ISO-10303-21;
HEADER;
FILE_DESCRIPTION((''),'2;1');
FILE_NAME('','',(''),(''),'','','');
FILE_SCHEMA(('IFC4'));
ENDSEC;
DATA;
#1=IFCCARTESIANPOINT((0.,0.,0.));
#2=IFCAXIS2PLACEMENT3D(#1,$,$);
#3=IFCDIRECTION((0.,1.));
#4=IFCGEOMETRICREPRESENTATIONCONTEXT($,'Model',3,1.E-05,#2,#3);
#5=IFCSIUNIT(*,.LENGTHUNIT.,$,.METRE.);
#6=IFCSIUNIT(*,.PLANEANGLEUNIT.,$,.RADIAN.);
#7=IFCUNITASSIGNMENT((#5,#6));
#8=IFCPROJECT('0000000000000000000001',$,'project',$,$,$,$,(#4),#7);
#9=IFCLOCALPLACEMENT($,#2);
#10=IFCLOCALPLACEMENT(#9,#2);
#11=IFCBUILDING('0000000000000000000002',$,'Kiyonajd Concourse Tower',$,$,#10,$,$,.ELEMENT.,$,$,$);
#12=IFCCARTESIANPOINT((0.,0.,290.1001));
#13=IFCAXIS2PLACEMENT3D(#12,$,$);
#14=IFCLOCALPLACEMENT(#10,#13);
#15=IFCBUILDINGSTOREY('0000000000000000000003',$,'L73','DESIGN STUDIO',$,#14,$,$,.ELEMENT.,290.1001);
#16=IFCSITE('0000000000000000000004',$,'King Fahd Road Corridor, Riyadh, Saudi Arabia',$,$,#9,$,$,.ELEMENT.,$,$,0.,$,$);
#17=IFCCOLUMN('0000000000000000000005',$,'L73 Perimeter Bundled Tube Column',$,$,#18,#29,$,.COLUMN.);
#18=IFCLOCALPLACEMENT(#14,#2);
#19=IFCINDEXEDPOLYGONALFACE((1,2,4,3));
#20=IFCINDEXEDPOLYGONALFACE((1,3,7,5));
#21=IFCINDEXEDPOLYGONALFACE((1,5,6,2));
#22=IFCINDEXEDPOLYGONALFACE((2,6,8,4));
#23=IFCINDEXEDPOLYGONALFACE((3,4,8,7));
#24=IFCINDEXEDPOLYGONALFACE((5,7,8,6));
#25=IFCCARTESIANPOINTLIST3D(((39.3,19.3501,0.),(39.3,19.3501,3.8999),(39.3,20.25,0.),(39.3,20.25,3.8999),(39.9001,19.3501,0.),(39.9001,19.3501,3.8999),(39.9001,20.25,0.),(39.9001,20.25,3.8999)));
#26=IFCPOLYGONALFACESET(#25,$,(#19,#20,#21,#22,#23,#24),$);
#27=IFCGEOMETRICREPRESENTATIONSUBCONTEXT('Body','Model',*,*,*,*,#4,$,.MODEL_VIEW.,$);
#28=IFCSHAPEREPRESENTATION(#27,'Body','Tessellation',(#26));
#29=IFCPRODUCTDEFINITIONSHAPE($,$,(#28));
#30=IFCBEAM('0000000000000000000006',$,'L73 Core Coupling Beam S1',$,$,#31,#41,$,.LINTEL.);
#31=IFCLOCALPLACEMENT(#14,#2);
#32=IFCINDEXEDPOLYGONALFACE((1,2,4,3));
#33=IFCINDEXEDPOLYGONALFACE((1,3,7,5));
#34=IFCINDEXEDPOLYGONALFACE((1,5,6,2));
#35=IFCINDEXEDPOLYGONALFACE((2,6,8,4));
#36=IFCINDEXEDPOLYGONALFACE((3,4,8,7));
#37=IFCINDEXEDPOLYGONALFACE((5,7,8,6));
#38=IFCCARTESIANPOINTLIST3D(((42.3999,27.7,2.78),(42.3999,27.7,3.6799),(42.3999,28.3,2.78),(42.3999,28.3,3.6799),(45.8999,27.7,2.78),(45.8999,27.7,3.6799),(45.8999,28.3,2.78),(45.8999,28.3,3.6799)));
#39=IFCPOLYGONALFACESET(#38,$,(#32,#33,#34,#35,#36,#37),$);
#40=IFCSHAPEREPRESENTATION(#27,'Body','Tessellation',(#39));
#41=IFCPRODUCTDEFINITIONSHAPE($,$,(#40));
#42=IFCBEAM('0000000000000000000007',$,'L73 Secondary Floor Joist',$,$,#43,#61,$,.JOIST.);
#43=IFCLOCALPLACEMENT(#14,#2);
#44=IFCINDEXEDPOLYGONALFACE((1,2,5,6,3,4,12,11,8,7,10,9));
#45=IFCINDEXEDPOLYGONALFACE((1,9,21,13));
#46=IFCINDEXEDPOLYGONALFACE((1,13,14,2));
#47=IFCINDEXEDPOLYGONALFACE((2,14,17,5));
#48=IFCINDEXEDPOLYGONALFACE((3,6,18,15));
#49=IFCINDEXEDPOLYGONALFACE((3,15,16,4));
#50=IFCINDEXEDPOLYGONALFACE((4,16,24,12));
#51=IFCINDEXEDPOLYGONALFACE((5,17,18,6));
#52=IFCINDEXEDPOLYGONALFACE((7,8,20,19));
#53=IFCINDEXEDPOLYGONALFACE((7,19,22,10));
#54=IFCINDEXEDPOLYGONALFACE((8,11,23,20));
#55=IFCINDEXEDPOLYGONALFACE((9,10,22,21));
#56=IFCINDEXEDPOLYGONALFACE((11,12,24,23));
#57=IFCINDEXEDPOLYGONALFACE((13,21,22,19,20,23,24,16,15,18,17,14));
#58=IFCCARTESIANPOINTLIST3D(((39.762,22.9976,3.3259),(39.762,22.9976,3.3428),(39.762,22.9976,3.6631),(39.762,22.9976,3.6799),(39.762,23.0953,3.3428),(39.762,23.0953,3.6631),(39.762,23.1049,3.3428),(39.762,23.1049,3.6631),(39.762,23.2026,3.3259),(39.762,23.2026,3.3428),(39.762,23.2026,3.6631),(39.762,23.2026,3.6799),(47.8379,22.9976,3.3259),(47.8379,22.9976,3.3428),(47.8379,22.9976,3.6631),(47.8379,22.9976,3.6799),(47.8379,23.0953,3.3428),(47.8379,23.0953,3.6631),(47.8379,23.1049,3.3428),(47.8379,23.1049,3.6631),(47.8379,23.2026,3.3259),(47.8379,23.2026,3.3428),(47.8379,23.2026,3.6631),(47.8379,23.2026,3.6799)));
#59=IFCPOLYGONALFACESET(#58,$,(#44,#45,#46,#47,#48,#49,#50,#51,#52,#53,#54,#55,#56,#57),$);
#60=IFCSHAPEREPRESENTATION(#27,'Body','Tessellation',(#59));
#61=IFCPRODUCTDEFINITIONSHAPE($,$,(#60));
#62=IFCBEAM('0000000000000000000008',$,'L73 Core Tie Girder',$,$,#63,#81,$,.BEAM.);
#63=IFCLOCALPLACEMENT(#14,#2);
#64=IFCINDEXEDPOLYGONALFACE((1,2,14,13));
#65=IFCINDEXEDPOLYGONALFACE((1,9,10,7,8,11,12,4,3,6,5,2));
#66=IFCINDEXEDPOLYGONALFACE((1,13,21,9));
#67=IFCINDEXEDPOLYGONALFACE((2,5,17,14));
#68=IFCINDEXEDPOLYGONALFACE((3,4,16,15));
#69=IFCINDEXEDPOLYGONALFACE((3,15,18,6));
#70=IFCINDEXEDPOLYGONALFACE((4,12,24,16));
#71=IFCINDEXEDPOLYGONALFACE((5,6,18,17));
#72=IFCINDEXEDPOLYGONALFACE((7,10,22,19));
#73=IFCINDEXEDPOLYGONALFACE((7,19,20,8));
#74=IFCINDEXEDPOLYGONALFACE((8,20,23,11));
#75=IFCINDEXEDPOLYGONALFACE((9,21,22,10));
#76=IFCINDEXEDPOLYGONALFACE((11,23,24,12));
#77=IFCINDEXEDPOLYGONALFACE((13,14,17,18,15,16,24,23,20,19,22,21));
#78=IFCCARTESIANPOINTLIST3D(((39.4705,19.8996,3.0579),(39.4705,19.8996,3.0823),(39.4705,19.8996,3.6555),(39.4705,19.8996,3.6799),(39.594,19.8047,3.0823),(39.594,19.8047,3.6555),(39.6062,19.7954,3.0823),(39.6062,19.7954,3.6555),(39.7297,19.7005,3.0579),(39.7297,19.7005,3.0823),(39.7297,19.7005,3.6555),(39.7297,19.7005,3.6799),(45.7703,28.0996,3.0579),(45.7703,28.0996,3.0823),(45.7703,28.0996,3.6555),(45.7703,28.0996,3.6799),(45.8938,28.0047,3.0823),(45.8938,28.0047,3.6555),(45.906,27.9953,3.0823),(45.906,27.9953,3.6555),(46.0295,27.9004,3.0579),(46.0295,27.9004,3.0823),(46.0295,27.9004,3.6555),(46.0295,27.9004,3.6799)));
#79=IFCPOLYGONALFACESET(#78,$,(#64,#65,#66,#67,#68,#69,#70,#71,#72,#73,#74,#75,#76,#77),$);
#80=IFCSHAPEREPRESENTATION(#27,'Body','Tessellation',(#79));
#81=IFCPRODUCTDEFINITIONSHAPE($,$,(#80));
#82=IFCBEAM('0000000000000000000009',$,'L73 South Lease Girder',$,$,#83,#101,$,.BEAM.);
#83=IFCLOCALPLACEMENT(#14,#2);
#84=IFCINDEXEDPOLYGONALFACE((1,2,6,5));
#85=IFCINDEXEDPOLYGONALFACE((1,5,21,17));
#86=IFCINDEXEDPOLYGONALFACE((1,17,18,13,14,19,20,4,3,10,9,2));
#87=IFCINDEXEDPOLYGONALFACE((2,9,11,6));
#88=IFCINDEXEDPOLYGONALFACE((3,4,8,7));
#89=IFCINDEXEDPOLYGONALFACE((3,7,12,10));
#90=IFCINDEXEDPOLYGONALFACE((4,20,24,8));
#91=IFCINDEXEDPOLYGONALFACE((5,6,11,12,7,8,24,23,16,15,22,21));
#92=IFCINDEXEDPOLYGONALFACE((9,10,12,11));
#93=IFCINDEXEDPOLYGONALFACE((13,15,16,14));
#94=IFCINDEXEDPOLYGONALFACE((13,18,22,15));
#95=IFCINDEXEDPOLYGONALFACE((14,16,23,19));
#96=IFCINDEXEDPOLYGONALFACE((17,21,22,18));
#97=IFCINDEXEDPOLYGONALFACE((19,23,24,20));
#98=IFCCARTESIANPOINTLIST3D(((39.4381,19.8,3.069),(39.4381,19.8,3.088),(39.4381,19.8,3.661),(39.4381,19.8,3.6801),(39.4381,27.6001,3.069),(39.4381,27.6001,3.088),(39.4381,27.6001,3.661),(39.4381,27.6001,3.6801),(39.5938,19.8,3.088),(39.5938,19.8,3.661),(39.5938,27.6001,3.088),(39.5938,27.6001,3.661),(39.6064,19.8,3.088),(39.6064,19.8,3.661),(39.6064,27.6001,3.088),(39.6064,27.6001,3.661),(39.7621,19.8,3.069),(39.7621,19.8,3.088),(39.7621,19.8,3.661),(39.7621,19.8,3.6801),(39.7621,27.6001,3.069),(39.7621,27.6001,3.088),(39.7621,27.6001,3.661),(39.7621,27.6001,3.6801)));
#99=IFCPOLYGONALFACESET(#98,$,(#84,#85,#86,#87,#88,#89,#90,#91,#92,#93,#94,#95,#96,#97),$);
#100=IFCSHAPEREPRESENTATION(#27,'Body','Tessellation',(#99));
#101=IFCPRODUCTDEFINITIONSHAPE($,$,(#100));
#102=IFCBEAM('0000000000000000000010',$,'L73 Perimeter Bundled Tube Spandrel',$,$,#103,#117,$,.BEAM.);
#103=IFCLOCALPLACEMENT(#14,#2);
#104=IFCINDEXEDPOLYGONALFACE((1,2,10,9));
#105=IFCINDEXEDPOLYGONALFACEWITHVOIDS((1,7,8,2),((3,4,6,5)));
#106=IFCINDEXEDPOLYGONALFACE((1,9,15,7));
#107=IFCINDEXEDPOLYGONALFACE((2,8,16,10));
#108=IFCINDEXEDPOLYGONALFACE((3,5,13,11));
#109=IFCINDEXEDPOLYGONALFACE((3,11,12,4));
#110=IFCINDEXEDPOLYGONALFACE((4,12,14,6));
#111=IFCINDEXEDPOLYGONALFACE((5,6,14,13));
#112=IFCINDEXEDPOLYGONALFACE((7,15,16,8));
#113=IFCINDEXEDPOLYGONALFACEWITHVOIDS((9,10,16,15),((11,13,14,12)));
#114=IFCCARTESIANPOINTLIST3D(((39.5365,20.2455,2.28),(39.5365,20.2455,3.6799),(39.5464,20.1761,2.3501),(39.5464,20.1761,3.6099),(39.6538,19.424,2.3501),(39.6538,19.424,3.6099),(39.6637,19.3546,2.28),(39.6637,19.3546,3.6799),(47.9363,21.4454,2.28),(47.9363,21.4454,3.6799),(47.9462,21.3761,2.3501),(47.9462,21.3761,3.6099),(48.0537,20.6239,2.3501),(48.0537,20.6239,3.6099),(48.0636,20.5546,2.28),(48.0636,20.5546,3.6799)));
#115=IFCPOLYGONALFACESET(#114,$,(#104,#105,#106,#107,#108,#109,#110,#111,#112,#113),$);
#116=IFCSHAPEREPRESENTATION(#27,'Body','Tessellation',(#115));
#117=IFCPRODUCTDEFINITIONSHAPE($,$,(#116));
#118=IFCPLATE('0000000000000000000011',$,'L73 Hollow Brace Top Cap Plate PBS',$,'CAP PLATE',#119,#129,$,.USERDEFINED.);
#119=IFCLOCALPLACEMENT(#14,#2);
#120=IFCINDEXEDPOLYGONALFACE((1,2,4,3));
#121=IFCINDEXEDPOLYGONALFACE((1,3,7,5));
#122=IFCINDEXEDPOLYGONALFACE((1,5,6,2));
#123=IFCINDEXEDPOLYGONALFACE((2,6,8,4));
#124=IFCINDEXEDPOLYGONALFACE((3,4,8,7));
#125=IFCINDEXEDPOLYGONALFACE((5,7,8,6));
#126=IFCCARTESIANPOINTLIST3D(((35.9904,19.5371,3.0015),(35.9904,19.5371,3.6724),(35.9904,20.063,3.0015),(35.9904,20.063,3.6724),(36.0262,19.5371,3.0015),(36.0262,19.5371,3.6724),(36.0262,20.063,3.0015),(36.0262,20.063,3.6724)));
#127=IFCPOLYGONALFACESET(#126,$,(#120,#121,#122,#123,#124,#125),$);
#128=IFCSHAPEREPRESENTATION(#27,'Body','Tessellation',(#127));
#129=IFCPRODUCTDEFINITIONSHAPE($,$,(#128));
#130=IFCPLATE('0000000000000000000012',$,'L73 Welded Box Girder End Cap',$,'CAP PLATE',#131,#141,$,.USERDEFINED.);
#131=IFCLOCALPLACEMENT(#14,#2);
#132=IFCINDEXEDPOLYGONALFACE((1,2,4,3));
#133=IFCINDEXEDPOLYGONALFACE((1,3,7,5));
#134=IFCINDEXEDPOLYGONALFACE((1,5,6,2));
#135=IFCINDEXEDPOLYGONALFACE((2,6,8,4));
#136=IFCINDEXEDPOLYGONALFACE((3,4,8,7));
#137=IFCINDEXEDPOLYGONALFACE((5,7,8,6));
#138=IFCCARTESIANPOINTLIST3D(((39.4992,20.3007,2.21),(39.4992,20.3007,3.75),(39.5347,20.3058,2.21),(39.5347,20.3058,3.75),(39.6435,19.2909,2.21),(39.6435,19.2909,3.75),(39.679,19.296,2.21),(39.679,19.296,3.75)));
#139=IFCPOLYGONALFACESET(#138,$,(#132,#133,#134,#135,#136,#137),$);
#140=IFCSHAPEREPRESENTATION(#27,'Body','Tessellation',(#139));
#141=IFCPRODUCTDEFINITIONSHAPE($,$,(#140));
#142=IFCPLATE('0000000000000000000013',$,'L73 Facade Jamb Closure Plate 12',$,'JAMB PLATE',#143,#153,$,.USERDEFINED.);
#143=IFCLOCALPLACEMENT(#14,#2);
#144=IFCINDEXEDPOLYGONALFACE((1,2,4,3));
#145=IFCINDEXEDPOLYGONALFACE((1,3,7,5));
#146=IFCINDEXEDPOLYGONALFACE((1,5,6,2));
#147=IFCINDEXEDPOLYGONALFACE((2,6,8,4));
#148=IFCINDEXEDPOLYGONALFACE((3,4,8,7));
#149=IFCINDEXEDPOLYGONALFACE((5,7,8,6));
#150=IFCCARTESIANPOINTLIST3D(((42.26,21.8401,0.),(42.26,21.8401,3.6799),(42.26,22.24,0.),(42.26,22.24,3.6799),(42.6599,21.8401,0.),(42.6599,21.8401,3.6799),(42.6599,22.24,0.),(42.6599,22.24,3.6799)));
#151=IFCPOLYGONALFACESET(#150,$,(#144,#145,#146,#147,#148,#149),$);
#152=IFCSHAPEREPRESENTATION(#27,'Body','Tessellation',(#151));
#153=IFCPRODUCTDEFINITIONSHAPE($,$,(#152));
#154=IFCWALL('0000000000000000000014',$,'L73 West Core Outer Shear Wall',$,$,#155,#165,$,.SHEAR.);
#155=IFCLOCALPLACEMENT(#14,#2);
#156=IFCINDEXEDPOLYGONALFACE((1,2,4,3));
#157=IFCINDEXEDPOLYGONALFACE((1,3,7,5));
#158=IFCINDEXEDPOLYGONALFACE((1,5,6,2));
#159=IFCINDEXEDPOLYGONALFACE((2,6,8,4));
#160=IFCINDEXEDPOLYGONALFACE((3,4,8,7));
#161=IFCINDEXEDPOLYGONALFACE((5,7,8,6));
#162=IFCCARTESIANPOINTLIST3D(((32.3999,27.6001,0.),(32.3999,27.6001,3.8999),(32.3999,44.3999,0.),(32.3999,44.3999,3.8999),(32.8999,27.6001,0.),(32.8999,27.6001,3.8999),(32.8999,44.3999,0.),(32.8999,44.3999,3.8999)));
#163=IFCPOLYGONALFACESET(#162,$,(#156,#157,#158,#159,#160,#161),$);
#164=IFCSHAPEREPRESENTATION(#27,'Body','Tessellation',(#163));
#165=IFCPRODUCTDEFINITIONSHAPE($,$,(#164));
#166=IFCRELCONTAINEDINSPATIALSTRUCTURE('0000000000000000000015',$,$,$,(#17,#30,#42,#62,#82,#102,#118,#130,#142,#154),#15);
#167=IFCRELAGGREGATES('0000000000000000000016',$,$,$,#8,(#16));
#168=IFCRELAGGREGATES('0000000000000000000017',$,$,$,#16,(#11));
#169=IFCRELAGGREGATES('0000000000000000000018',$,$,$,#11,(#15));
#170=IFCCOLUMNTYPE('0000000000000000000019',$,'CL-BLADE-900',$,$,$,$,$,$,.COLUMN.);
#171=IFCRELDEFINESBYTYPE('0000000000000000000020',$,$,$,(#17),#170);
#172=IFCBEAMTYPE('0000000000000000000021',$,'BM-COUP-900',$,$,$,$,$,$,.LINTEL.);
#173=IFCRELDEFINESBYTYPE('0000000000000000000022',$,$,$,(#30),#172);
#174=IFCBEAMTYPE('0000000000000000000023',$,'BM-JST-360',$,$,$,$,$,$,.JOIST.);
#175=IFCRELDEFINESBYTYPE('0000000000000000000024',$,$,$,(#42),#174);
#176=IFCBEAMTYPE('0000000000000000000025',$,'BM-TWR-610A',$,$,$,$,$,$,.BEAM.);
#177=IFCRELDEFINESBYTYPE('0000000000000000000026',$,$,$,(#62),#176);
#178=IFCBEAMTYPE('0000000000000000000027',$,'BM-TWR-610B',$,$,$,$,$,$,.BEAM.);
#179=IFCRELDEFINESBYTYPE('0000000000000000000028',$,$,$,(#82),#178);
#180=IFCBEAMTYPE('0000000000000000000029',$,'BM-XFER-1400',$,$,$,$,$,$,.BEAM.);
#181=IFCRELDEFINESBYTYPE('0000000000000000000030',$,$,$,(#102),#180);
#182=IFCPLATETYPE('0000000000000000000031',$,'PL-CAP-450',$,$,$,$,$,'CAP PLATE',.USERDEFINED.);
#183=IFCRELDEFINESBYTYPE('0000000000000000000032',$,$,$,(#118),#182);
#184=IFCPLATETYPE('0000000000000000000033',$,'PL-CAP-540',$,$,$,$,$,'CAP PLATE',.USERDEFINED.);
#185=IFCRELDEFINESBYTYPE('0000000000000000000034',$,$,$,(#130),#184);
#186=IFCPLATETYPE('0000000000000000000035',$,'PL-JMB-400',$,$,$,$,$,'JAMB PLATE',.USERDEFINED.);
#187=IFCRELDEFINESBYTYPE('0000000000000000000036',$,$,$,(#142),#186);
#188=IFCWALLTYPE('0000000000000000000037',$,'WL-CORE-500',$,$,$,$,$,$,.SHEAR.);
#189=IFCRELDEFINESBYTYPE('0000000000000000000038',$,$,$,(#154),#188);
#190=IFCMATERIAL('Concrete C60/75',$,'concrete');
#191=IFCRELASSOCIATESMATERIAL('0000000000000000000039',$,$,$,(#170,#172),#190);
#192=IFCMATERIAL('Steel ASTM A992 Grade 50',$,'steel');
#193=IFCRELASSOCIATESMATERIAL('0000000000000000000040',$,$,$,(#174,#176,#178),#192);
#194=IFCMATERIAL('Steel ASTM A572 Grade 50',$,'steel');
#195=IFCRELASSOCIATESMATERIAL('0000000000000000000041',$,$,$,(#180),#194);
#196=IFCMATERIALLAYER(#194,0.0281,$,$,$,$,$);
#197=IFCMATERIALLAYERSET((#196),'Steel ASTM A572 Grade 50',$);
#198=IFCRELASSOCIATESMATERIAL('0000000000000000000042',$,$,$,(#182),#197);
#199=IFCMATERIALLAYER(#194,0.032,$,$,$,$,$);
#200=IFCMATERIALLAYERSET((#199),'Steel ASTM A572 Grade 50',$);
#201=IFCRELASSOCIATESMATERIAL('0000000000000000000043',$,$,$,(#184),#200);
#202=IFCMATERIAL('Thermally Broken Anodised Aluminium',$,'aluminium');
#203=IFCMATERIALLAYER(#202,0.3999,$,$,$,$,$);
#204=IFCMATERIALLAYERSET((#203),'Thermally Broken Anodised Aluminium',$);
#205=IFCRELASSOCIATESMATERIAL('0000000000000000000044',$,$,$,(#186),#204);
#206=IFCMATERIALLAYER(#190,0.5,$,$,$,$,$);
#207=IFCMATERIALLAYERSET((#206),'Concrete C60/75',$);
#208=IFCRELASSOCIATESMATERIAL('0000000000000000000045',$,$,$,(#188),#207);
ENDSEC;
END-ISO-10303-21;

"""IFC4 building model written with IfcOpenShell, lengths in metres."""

from ifc_helpers import new_model, si_unit, direction, frame, frame_2d, origin, origin_2d, place, context, subcontext, project, spatial, rectangle, hollow_rectangle, i_section, extrude, material, layer, layer_set, material_profile, profile_set, type_object, element, save


model = new_model("IFC4")

# Units and contexts
model_context = context("Model", 3, precision=1e-05, world=origin(), true_north=direction((0.0, 1.0)))
body_context = subcontext(model_context, "Body", "Model", "MODEL_VIEW")
ifc_project = project(units=[si_unit("LENGTHUNIT", "METRE"), si_unit("PLANEANGLEUNIT", "RADIAN")], contexts=[model_context])

# Site, building, storey
site_placement = place(None, origin())
site = spatial("IfcSite", under=ifc_project, at=site_placement, Name="King Fahd Road Corridor, Riyadh, Saudi Arabia", CompositionType="ELEMENT", RefElevation=0.0)
building_placement = place(site_placement, origin())
building = spatial("IfcBuilding", under=site, at=building_placement, Name="Kiyonajd Concourse Tower", CompositionType="ELEMENT")
storey_placement = place(building_placement, frame((0.0, 0.0, 290.1001)))
storey = spatial("IfcBuildingStorey", under=building, at=storey_placement, Name="L73", Description="DESIGN STUDIO", CompositionType="ELEMENT", Elevation=290.1001)

# Column
ifc_material_1 = material(Name="Concrete C60/75", Category="concrete")
ifc_material_profile_1 = material_profile(ifc_material_1, rectangle(XDim=0.6001, YDim=0.8999, at=origin_2d()), Name="RC-900x600")
ifc_profile_set_1 = profile_set([ifc_material_profile_1], Name="Concrete C60/75")
column_type = type_object("IfcColumnType", Name="CL-BLADE-900", PredefinedType="COLUMN", material=ifc_profile_set_1)
column_placement = place(storey_placement, frame((39.6001, 19.8, 0.0), z_axis=(0.0, 0.0, 1.0), x_axis=(1.0, 0.0, 0.0)))
element("IfcColumn", 1, at=column_placement, inside=storey, type_object=column_type, Name="L73 Perimeter Bundled Tube Column", PredefinedType="COLUMN", context=body_context, shape_type="SweptSolid", body=[
    extrude(rectangle(XDim=0.6001, YDim=0.8999, at=origin_2d()), origin(), (0.0, 0.0, 1.0), 3.8999),
])

# Beams
ifc_material_profile_2 = material_profile(ifc_material_1, rectangle(XDim=0.6001, YDim=0.8999, at=origin_2d()), Name="RCBM-600x900")
ifc_profile_set_2 = profile_set([ifc_material_profile_2], Name="Concrete C60/75")
beam_type_1 = type_object("IfcBeamType", Name="BM-COUP-900", PredefinedType="LINTEL", material=ifc_profile_set_2)
beam_1_placement = place(storey_placement, frame((42.3999, 28.0, 3.23), z_axis=(1.0, 0.0, 0.0), x_axis=(0.0, 1.0, 0.0)))
element("IfcBeam", 2, at=beam_1_placement, inside=storey, type_object=beam_type_1, Name="L73 Core Coupling Beam S1", PredefinedType="LINTEL", context=body_context, shape_type="SweptSolid", body=[
    extrude(rectangle(XDim=0.6001, YDim=0.8999, at=origin_2d()), origin(), (0.0, 0.0, 1.0), 3.5),
])
ifc_material_2 = material(Name="Steel ASTM A992 Grade 50", Category="steel")
ifc_material_profile_3 = material_profile(ifc_material_2, i_section(OverallWidth=0.2051, OverallDepth=0.354, WebThickness=0.0095, FlangeThickness=0.0168, at=origin_2d()), Name="W360X79")
ifc_profile_set_3 = profile_set([ifc_material_profile_3], Name="Steel ASTM A992 Grade 50")
beam_type_2 = type_object("IfcBeamType", Name="BM-JST-360", PredefinedType="JOIST", material=ifc_profile_set_3)
beam_2_placement = place(storey_placement, frame((39.762, 23.1001, 3.5029), z_axis=(1.0, 0.0, 0.0), x_axis=(0.0, 1.0, 0.0)))
element("IfcBeam", 3, at=beam_2_placement, inside=storey, type_object=beam_type_2, Name="L73 Secondary Floor Joist", PredefinedType="JOIST", context=body_context, shape_type="SweptSolid", body=[
    extrude(i_section(OverallWidth=0.2051, OverallDepth=0.354, WebThickness=0.0095, FlangeThickness=0.0168, at=origin_2d()), origin(), (0.0, 0.0, 1.0), 8.0759),
])
ifc_material_profile_4 = material_profile(ifc_material_2, i_section(OverallWidth=0.3269, OverallDepth=0.6221, WebThickness=0.0154, FlangeThickness=0.0244, at=origin_2d()), Name="W610X195")
ifc_profile_set_4 = profile_set([ifc_material_profile_4], Name="Steel ASTM A992 Grade 50")
beam_type_3 = type_object("IfcBeamType", Name="BM-TWR-610A", PredefinedType="BEAM", material=ifc_profile_set_4)
beam_3_placement = place(storey_placement, frame((39.6001, 19.8, 3.3689), z_axis=(0.609234, 0.792991, 0.0), x_axis=(-0.792991, 0.609234, 0.0)))
element("IfcBeam", 4, at=beam_3_placement, inside=storey, type_object=beam_type_3, Name="L73 Core Tie Girder", PredefinedType="BEAM", context=body_context, shape_type="SweptSolid", body=[
    extrude(i_section(OverallWidth=0.3269, OverallDepth=0.6221, WebThickness=0.0154, FlangeThickness=0.0244, at=origin_2d()), origin(), (0.0, 0.0, 1.0), 10.3406),
])
ifc_material_profile_5 = material_profile(ifc_material_2, i_section(OverallWidth=0.324, OverallDepth=0.6111, WebThickness=0.0127, FlangeThickness=0.019, at=origin_2d()), Name="W610X155")
ifc_profile_set_5 = profile_set([ifc_material_profile_5], Name="Steel ASTM A992 Grade 50")
beam_type_4 = type_object("IfcBeamType", Name="BM-TWR-610B", PredefinedType="BEAM", material=ifc_profile_set_5)
beam_4_placement = place(storey_placement, frame((39.6001, 19.8, 3.3745), z_axis=(0.0, 1.0, 0.0), x_axis=(-1.0, 0.0, 0.0)))
element("IfcBeam", 5, at=beam_4_placement, inside=storey, type_object=beam_type_4, Name="L73 South Lease Girder", PredefinedType="BEAM", context=body_context, shape_type="SweptSolid", body=[
    extrude(i_section(OverallWidth=0.324, OverallDepth=0.6111, WebThickness=0.0127, FlangeThickness=0.019, at=origin_2d()), origin(), (0.0, 0.0, 1.0), 7.8),
])
ifc_material_3 = material(Name="Steel ASTM A572 Grade 50", Category="steel")
ifc_material_profile_6 = material_profile(ifc_material_3, hollow_rectangle(XDim=0.8999, YDim=1.3999, WallThickness=0.0701, at=origin_2d()), Name="BOX-1400x900x70")
ifc_profile_set_6 = profile_set([ifc_material_profile_6], Name="Steel ASTM A572 Grade 50")
beam_type_5 = type_object("IfcBeamType", Name="BM-XFER-1400", PredefinedType="BEAM", material=ifc_profile_set_6)
beam_5_placement = place(storey_placement, frame((39.6001, 19.8, 2.98), z_axis=(0.98995, 0.141417, 0.0), x_axis=(-0.141417, 0.98995, 0.0)))
element("IfcBeam", 6, at=beam_5_placement, inside=storey, type_object=beam_type_5, Name="L73 Perimeter Bundled Tube Spandrel", PredefinedType="BEAM", context=body_context, shape_type="SweptSolid", body=[
    extrude(hollow_rectangle(XDim=0.8999, YDim=1.3999, WallThickness=0.0701, at=origin_2d()), origin(), (0.0, 0.0, 1.0), 8.4851),
])

# Plates
ifc_layer_1 = layer(ifc_material_3, 0.0281)
ifc_layer_set_1 = layer_set([ifc_layer_1], Name="Steel ASTM A572 Grade 50")
plate_type_1 = type_object("IfcPlateType", Name="PL-CAP-450", ElementType="CAP PLATE", PredefinedType="USERDEFINED", material=ifc_layer_set_1)
plate_1_placement = place(storey_placement, frame((36.0083, 19.8, 3.0015), z_axis=(0.0, 0.0, 1.0), x_axis=(1.0, 0.0, 0.0)))
element("IfcPlate", 7, at=plate_1_placement, inside=storey, type_object=plate_type_1, Name="L73 Hollow Brace Top Cap Plate PBS", ObjectType="CAP PLATE", PredefinedType="USERDEFINED", context=body_context, shape_type="SweptSolid", body=[
    extrude(rectangle(XDim=0.0359, YDim=0.5259, at=origin_2d()), origin(), (0.0, 0.0, 1.0), 0.6709),
])
ifc_layer_2 = layer(ifc_material_3, 0.032)
ifc_layer_set_2 = layer_set([ifc_layer_2], Name="Steel ASTM A572 Grade 50")
plate_type_2 = type_object("IfcPlateType", Name="PL-CAP-540", ElementType="CAP PLATE", PredefinedType="USERDEFINED", material=ifc_layer_set_2)
plate_2_placement = place(storey_placement, frame((39.5891, 19.7983, 2.21), z_axis=(0.0, 0.0, 1.0), x_axis=(-0.98995, -0.14142, 0.0)))
element("IfcPlate", 8, at=plate_2_placement, inside=storey, type_object=plate_type_2, Name="L73 Welded Box Girder End Cap", ObjectType="CAP PLATE", PredefinedType="USERDEFINED", context=body_context, shape_type="SweptSolid", body=[
    extrude(rectangle(XDim=0.0359, YDim=1.02, at=origin_2d()), origin(), (0.0, 0.0, 1.0), 1.54),
])
ifc_material_4 = material(Name="Thermally Broken Anodised Aluminium", Category="aluminium")
ifc_layer_3 = layer(ifc_material_4, 0.3999)
ifc_layer_set_3 = layer_set([ifc_layer_3], Name="Thermally Broken Anodised Aluminium")
plate_type_3 = type_object("IfcPlateType", Name="PL-JMB-400", ElementType="JAMB PLATE", PredefinedType="USERDEFINED", material=ifc_layer_set_3)
plate_3_placement = place(storey_placement, frame((42.46, 22.04, 0.0), z_axis=(0.0, 0.0, 1.0), x_axis=(1.0, 0.0, 0.0)))
element("IfcPlate", 9, at=plate_3_placement, inside=storey, type_object=plate_type_3, Name="L73 Facade Jamb Closure Plate 12", ObjectType="JAMB PLATE", PredefinedType="USERDEFINED", context=body_context, shape_type="SweptSolid", body=[
    extrude(rectangle(XDim=0.3999, YDim=0.3999, at=origin_2d()), origin(), (0.0, 0.0, 1.0), 3.6799),
])

# Wall
ifc_layer_4 = layer(ifc_material_1, 0.5)
ifc_layer_set_4 = layer_set([ifc_layer_4], Name="Concrete C60/75")
wall_type_1 = type_object("IfcWallType", Name="WL-CORE-500", PredefinedType="SHEAR", material=ifc_layer_set_4)
wall_1_placement = place(storey_placement, frame((32.6499, 27.6001, 0.0), z_axis=(0.0, 0.0, 1.0), x_axis=(0.0, 1.0, 0.0)))
element("IfcWall", 10, at=wall_1_placement, inside=storey, type_object=wall_type_1, Name="L73 West Core Outer Shear Wall", PredefinedType="SHEAR", context=body_context, shape_type="SweptSolid", body=[
    extrude(rectangle(XDim=16.7998, YDim=0.5, at=frame_2d((8.3999, 0.0))), origin(), (0.0, 0.0, 1.0), 3.8999),
])

save(model, "model.ifc")
